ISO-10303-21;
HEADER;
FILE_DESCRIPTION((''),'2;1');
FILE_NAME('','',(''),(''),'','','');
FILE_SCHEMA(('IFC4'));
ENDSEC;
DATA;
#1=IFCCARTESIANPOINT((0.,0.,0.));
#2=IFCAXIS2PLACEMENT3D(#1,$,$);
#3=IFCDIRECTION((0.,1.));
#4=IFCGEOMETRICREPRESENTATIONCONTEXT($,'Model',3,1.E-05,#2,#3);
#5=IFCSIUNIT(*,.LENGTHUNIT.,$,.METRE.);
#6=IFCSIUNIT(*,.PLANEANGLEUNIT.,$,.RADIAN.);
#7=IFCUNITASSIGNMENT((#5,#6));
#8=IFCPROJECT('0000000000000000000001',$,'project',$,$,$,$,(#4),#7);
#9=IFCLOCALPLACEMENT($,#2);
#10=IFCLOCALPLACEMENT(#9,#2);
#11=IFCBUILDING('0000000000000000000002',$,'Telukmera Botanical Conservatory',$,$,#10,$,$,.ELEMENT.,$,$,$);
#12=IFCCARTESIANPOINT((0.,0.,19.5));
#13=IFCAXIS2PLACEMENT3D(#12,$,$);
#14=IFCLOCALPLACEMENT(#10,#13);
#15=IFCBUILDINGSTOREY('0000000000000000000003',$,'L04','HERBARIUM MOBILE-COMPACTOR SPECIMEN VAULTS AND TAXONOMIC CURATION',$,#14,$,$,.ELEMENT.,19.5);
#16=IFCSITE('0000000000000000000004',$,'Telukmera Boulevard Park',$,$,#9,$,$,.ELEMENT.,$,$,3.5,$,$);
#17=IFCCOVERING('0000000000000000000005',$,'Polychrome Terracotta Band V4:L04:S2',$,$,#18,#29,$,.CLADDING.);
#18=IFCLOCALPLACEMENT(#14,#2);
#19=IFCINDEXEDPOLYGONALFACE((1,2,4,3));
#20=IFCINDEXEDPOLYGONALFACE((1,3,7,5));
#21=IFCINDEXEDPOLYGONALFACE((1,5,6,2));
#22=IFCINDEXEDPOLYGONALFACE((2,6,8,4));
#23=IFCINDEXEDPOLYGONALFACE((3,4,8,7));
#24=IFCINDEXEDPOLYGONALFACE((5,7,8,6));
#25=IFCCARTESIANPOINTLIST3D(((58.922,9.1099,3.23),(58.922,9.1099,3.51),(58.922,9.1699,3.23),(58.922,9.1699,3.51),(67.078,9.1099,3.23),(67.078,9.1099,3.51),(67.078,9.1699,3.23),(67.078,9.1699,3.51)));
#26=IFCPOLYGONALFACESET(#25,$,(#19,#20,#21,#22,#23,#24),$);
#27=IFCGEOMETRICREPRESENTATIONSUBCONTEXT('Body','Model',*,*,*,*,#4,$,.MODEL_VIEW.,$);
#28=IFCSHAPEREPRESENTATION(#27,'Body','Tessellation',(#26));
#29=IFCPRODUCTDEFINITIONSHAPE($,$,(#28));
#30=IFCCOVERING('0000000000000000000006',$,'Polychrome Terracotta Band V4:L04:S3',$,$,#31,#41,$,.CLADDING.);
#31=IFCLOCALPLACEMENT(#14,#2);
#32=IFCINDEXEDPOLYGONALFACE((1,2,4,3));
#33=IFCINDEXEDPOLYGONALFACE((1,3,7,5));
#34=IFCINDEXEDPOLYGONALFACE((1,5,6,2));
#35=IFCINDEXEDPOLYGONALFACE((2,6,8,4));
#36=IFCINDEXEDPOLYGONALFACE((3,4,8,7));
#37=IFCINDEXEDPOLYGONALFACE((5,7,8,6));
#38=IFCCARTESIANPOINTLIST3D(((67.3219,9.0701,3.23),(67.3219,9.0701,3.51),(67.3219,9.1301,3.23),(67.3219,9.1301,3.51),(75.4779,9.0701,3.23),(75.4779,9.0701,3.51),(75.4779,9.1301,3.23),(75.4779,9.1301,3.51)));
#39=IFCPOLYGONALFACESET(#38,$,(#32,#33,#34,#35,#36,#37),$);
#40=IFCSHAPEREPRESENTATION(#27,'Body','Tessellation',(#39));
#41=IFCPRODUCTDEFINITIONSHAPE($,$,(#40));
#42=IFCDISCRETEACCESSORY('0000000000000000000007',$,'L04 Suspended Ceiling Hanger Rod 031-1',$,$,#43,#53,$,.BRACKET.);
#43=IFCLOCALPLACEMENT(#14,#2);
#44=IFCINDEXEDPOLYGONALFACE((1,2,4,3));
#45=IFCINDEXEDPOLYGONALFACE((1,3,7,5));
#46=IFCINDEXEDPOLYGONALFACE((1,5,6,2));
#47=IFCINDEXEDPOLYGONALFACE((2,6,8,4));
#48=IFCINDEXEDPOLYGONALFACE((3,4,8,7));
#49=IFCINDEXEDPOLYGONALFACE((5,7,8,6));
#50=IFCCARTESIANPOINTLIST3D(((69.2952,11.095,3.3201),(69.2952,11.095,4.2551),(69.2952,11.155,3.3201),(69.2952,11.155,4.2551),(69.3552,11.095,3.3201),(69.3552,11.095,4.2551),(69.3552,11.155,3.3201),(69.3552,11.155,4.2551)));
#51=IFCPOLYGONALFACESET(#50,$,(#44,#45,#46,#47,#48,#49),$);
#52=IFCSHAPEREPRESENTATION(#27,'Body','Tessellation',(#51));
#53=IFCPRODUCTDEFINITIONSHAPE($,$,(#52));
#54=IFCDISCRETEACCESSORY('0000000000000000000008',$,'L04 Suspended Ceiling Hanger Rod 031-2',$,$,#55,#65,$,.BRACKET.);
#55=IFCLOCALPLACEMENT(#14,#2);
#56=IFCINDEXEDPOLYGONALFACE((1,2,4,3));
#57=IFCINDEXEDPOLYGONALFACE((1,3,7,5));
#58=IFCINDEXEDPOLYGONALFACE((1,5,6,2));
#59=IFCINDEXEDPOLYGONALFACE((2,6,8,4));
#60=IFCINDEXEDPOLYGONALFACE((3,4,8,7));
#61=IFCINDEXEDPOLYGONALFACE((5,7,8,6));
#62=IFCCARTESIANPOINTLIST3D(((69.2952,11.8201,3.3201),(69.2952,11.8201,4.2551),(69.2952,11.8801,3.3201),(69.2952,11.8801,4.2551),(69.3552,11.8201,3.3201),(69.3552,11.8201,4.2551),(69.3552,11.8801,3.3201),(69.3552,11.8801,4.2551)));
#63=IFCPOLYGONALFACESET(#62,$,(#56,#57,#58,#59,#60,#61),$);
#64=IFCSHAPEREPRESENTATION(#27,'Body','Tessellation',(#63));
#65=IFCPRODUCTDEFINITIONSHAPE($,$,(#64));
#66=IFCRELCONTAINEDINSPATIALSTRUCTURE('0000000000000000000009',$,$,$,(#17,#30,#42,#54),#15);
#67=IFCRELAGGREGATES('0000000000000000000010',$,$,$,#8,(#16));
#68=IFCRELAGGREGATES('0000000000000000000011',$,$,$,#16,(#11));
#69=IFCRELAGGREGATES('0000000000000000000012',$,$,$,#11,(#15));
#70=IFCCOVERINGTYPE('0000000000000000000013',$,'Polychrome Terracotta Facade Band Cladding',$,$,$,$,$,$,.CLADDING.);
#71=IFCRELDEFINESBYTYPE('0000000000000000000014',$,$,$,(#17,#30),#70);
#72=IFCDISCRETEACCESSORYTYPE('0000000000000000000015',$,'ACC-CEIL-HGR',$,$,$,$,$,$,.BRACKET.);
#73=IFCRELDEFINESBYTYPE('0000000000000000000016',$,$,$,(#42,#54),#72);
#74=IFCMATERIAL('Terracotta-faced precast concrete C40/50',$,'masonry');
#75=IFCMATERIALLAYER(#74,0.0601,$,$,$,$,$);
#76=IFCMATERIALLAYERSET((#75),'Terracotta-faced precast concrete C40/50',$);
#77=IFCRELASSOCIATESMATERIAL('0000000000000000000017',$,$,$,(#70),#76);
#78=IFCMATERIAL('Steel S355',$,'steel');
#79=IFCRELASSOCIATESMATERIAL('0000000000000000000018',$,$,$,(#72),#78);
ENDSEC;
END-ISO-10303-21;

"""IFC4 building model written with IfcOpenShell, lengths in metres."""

from ifc_helpers import new_model, si_unit, direction, frame, origin, origin_2d, place, context, subcontext, project, spatial, rectangle, extrude, material, layer, layer_set, type_object, element, save


model = new_model("IFC4")

# Units and contexts
model_context = context("Model", 3, precision=1e-05, world=origin(), true_north=direction((0.0, 1.0)))
body_context = subcontext(model_context, "Body", "Model", "MODEL_VIEW")
ifc_project = project(units=[si_unit("LENGTHUNIT", "METRE"), si_unit("PLANEANGLEUNIT", "RADIAN")], contexts=[model_context])

# Site, building, storey
site_placement = place(None, origin())
site = spatial("IfcSite", under=ifc_project, at=site_placement, Name="Telukmera Boulevard Park", CompositionType="ELEMENT", RefElevation=3.5)
building_placement = place(site_placement, origin())
building = spatial("IfcBuilding", under=site, at=building_placement, Name="Telukmera Botanical Conservatory", CompositionType="ELEMENT")
storey_placement = place(building_placement, frame((0.0, 0.0, 19.5)))
storey = spatial("IfcBuildingStorey", under=building, at=storey_placement, Name="L04", Description="HERBARIUM MOBILE-COMPACTOR SPECIMEN VAULTS AND TAXONOMIC CURATION", CompositionType="ELEMENT", Elevation=19.5)

# Shared definitions
ifc_material_1 = material(Name="Terracotta-faced precast concrete C40/50", Category="masonry")

# Coverings
ifc_layer_1 = layer(ifc_material_1, 0.0601)
ifc_layer_set_1 = layer_set([ifc_layer_1], Name="Terracotta-faced precast concrete C40/50")
covering_type_1 = type_object("IfcCoveringType", Name="Polychrome Terracotta Facade Band Cladding", PredefinedType="CLADDING", material=ifc_layer_set_1)
for number, where, z_axis, x_axis, name in (
    (1, (63.0, 9.1399, 3.23), (0.0, 0.0, 1.0), (1.0, 0.0, 0.0), "Polychrome Terracotta Band V4:L04:S2"),
    (2, (71.3999, 9.1001, 3.23), (0.0, 0.0, 1.0), (1.0, 0.0, 0.0), "Polychrome Terracotta Band V4:L04:S3"),
):
    element("IfcCovering", number, at=place(storey_placement, frame(where, z_axis=z_axis, x_axis=x_axis)), inside=storey, type_object=covering_type_1, Name=name, PredefinedType="CLADDING", context=body_context, shape_type="SweptSolid", body=[
        extrude(rectangle(XDim=8.156, YDim=0.0601, at=origin_2d()), origin(), (0.0, 0.0, 1.0), 0.28),
    ])

# Discrete accessories
ifc_material_2 = material(Name="Steel S355", Category="steel")
discrete_accessory_type = type_object("IfcDiscreteAccessoryType", Name="ACC-CEIL-HGR", PredefinedType="BRACKET", material=ifc_material_2)
for number, where, z_axis, x_axis, name in (
    (3, (69.3252, 11.125, 3.3201), (0.0, 0.0, 1.0), (1.0, 0.0, 0.0), "L04 Suspended Ceiling Hanger Rod 031-1"),
    (4, (69.3252, 11.8501, 3.3201), (0.0, 0.0, 1.0), (1.0, 0.0, 0.0), "L04 Suspended Ceiling Hanger Rod 031-2"),
):
    element("IfcDiscreteAccessory", number, at=place(storey_placement, frame(where, z_axis=z_axis, x_axis=x_axis)), inside=storey, type_object=discrete_accessory_type, Name=name, PredefinedType="BRACKET", context=body_context, shape_type="SweptSolid", body=[
        extrude(rectangle(XDim=0.0601, YDim=0.0601, at=origin_2d()), origin(), (0.0, 0.0, 1.0), 0.9351),
    ])

save(model, "model.ifc")
